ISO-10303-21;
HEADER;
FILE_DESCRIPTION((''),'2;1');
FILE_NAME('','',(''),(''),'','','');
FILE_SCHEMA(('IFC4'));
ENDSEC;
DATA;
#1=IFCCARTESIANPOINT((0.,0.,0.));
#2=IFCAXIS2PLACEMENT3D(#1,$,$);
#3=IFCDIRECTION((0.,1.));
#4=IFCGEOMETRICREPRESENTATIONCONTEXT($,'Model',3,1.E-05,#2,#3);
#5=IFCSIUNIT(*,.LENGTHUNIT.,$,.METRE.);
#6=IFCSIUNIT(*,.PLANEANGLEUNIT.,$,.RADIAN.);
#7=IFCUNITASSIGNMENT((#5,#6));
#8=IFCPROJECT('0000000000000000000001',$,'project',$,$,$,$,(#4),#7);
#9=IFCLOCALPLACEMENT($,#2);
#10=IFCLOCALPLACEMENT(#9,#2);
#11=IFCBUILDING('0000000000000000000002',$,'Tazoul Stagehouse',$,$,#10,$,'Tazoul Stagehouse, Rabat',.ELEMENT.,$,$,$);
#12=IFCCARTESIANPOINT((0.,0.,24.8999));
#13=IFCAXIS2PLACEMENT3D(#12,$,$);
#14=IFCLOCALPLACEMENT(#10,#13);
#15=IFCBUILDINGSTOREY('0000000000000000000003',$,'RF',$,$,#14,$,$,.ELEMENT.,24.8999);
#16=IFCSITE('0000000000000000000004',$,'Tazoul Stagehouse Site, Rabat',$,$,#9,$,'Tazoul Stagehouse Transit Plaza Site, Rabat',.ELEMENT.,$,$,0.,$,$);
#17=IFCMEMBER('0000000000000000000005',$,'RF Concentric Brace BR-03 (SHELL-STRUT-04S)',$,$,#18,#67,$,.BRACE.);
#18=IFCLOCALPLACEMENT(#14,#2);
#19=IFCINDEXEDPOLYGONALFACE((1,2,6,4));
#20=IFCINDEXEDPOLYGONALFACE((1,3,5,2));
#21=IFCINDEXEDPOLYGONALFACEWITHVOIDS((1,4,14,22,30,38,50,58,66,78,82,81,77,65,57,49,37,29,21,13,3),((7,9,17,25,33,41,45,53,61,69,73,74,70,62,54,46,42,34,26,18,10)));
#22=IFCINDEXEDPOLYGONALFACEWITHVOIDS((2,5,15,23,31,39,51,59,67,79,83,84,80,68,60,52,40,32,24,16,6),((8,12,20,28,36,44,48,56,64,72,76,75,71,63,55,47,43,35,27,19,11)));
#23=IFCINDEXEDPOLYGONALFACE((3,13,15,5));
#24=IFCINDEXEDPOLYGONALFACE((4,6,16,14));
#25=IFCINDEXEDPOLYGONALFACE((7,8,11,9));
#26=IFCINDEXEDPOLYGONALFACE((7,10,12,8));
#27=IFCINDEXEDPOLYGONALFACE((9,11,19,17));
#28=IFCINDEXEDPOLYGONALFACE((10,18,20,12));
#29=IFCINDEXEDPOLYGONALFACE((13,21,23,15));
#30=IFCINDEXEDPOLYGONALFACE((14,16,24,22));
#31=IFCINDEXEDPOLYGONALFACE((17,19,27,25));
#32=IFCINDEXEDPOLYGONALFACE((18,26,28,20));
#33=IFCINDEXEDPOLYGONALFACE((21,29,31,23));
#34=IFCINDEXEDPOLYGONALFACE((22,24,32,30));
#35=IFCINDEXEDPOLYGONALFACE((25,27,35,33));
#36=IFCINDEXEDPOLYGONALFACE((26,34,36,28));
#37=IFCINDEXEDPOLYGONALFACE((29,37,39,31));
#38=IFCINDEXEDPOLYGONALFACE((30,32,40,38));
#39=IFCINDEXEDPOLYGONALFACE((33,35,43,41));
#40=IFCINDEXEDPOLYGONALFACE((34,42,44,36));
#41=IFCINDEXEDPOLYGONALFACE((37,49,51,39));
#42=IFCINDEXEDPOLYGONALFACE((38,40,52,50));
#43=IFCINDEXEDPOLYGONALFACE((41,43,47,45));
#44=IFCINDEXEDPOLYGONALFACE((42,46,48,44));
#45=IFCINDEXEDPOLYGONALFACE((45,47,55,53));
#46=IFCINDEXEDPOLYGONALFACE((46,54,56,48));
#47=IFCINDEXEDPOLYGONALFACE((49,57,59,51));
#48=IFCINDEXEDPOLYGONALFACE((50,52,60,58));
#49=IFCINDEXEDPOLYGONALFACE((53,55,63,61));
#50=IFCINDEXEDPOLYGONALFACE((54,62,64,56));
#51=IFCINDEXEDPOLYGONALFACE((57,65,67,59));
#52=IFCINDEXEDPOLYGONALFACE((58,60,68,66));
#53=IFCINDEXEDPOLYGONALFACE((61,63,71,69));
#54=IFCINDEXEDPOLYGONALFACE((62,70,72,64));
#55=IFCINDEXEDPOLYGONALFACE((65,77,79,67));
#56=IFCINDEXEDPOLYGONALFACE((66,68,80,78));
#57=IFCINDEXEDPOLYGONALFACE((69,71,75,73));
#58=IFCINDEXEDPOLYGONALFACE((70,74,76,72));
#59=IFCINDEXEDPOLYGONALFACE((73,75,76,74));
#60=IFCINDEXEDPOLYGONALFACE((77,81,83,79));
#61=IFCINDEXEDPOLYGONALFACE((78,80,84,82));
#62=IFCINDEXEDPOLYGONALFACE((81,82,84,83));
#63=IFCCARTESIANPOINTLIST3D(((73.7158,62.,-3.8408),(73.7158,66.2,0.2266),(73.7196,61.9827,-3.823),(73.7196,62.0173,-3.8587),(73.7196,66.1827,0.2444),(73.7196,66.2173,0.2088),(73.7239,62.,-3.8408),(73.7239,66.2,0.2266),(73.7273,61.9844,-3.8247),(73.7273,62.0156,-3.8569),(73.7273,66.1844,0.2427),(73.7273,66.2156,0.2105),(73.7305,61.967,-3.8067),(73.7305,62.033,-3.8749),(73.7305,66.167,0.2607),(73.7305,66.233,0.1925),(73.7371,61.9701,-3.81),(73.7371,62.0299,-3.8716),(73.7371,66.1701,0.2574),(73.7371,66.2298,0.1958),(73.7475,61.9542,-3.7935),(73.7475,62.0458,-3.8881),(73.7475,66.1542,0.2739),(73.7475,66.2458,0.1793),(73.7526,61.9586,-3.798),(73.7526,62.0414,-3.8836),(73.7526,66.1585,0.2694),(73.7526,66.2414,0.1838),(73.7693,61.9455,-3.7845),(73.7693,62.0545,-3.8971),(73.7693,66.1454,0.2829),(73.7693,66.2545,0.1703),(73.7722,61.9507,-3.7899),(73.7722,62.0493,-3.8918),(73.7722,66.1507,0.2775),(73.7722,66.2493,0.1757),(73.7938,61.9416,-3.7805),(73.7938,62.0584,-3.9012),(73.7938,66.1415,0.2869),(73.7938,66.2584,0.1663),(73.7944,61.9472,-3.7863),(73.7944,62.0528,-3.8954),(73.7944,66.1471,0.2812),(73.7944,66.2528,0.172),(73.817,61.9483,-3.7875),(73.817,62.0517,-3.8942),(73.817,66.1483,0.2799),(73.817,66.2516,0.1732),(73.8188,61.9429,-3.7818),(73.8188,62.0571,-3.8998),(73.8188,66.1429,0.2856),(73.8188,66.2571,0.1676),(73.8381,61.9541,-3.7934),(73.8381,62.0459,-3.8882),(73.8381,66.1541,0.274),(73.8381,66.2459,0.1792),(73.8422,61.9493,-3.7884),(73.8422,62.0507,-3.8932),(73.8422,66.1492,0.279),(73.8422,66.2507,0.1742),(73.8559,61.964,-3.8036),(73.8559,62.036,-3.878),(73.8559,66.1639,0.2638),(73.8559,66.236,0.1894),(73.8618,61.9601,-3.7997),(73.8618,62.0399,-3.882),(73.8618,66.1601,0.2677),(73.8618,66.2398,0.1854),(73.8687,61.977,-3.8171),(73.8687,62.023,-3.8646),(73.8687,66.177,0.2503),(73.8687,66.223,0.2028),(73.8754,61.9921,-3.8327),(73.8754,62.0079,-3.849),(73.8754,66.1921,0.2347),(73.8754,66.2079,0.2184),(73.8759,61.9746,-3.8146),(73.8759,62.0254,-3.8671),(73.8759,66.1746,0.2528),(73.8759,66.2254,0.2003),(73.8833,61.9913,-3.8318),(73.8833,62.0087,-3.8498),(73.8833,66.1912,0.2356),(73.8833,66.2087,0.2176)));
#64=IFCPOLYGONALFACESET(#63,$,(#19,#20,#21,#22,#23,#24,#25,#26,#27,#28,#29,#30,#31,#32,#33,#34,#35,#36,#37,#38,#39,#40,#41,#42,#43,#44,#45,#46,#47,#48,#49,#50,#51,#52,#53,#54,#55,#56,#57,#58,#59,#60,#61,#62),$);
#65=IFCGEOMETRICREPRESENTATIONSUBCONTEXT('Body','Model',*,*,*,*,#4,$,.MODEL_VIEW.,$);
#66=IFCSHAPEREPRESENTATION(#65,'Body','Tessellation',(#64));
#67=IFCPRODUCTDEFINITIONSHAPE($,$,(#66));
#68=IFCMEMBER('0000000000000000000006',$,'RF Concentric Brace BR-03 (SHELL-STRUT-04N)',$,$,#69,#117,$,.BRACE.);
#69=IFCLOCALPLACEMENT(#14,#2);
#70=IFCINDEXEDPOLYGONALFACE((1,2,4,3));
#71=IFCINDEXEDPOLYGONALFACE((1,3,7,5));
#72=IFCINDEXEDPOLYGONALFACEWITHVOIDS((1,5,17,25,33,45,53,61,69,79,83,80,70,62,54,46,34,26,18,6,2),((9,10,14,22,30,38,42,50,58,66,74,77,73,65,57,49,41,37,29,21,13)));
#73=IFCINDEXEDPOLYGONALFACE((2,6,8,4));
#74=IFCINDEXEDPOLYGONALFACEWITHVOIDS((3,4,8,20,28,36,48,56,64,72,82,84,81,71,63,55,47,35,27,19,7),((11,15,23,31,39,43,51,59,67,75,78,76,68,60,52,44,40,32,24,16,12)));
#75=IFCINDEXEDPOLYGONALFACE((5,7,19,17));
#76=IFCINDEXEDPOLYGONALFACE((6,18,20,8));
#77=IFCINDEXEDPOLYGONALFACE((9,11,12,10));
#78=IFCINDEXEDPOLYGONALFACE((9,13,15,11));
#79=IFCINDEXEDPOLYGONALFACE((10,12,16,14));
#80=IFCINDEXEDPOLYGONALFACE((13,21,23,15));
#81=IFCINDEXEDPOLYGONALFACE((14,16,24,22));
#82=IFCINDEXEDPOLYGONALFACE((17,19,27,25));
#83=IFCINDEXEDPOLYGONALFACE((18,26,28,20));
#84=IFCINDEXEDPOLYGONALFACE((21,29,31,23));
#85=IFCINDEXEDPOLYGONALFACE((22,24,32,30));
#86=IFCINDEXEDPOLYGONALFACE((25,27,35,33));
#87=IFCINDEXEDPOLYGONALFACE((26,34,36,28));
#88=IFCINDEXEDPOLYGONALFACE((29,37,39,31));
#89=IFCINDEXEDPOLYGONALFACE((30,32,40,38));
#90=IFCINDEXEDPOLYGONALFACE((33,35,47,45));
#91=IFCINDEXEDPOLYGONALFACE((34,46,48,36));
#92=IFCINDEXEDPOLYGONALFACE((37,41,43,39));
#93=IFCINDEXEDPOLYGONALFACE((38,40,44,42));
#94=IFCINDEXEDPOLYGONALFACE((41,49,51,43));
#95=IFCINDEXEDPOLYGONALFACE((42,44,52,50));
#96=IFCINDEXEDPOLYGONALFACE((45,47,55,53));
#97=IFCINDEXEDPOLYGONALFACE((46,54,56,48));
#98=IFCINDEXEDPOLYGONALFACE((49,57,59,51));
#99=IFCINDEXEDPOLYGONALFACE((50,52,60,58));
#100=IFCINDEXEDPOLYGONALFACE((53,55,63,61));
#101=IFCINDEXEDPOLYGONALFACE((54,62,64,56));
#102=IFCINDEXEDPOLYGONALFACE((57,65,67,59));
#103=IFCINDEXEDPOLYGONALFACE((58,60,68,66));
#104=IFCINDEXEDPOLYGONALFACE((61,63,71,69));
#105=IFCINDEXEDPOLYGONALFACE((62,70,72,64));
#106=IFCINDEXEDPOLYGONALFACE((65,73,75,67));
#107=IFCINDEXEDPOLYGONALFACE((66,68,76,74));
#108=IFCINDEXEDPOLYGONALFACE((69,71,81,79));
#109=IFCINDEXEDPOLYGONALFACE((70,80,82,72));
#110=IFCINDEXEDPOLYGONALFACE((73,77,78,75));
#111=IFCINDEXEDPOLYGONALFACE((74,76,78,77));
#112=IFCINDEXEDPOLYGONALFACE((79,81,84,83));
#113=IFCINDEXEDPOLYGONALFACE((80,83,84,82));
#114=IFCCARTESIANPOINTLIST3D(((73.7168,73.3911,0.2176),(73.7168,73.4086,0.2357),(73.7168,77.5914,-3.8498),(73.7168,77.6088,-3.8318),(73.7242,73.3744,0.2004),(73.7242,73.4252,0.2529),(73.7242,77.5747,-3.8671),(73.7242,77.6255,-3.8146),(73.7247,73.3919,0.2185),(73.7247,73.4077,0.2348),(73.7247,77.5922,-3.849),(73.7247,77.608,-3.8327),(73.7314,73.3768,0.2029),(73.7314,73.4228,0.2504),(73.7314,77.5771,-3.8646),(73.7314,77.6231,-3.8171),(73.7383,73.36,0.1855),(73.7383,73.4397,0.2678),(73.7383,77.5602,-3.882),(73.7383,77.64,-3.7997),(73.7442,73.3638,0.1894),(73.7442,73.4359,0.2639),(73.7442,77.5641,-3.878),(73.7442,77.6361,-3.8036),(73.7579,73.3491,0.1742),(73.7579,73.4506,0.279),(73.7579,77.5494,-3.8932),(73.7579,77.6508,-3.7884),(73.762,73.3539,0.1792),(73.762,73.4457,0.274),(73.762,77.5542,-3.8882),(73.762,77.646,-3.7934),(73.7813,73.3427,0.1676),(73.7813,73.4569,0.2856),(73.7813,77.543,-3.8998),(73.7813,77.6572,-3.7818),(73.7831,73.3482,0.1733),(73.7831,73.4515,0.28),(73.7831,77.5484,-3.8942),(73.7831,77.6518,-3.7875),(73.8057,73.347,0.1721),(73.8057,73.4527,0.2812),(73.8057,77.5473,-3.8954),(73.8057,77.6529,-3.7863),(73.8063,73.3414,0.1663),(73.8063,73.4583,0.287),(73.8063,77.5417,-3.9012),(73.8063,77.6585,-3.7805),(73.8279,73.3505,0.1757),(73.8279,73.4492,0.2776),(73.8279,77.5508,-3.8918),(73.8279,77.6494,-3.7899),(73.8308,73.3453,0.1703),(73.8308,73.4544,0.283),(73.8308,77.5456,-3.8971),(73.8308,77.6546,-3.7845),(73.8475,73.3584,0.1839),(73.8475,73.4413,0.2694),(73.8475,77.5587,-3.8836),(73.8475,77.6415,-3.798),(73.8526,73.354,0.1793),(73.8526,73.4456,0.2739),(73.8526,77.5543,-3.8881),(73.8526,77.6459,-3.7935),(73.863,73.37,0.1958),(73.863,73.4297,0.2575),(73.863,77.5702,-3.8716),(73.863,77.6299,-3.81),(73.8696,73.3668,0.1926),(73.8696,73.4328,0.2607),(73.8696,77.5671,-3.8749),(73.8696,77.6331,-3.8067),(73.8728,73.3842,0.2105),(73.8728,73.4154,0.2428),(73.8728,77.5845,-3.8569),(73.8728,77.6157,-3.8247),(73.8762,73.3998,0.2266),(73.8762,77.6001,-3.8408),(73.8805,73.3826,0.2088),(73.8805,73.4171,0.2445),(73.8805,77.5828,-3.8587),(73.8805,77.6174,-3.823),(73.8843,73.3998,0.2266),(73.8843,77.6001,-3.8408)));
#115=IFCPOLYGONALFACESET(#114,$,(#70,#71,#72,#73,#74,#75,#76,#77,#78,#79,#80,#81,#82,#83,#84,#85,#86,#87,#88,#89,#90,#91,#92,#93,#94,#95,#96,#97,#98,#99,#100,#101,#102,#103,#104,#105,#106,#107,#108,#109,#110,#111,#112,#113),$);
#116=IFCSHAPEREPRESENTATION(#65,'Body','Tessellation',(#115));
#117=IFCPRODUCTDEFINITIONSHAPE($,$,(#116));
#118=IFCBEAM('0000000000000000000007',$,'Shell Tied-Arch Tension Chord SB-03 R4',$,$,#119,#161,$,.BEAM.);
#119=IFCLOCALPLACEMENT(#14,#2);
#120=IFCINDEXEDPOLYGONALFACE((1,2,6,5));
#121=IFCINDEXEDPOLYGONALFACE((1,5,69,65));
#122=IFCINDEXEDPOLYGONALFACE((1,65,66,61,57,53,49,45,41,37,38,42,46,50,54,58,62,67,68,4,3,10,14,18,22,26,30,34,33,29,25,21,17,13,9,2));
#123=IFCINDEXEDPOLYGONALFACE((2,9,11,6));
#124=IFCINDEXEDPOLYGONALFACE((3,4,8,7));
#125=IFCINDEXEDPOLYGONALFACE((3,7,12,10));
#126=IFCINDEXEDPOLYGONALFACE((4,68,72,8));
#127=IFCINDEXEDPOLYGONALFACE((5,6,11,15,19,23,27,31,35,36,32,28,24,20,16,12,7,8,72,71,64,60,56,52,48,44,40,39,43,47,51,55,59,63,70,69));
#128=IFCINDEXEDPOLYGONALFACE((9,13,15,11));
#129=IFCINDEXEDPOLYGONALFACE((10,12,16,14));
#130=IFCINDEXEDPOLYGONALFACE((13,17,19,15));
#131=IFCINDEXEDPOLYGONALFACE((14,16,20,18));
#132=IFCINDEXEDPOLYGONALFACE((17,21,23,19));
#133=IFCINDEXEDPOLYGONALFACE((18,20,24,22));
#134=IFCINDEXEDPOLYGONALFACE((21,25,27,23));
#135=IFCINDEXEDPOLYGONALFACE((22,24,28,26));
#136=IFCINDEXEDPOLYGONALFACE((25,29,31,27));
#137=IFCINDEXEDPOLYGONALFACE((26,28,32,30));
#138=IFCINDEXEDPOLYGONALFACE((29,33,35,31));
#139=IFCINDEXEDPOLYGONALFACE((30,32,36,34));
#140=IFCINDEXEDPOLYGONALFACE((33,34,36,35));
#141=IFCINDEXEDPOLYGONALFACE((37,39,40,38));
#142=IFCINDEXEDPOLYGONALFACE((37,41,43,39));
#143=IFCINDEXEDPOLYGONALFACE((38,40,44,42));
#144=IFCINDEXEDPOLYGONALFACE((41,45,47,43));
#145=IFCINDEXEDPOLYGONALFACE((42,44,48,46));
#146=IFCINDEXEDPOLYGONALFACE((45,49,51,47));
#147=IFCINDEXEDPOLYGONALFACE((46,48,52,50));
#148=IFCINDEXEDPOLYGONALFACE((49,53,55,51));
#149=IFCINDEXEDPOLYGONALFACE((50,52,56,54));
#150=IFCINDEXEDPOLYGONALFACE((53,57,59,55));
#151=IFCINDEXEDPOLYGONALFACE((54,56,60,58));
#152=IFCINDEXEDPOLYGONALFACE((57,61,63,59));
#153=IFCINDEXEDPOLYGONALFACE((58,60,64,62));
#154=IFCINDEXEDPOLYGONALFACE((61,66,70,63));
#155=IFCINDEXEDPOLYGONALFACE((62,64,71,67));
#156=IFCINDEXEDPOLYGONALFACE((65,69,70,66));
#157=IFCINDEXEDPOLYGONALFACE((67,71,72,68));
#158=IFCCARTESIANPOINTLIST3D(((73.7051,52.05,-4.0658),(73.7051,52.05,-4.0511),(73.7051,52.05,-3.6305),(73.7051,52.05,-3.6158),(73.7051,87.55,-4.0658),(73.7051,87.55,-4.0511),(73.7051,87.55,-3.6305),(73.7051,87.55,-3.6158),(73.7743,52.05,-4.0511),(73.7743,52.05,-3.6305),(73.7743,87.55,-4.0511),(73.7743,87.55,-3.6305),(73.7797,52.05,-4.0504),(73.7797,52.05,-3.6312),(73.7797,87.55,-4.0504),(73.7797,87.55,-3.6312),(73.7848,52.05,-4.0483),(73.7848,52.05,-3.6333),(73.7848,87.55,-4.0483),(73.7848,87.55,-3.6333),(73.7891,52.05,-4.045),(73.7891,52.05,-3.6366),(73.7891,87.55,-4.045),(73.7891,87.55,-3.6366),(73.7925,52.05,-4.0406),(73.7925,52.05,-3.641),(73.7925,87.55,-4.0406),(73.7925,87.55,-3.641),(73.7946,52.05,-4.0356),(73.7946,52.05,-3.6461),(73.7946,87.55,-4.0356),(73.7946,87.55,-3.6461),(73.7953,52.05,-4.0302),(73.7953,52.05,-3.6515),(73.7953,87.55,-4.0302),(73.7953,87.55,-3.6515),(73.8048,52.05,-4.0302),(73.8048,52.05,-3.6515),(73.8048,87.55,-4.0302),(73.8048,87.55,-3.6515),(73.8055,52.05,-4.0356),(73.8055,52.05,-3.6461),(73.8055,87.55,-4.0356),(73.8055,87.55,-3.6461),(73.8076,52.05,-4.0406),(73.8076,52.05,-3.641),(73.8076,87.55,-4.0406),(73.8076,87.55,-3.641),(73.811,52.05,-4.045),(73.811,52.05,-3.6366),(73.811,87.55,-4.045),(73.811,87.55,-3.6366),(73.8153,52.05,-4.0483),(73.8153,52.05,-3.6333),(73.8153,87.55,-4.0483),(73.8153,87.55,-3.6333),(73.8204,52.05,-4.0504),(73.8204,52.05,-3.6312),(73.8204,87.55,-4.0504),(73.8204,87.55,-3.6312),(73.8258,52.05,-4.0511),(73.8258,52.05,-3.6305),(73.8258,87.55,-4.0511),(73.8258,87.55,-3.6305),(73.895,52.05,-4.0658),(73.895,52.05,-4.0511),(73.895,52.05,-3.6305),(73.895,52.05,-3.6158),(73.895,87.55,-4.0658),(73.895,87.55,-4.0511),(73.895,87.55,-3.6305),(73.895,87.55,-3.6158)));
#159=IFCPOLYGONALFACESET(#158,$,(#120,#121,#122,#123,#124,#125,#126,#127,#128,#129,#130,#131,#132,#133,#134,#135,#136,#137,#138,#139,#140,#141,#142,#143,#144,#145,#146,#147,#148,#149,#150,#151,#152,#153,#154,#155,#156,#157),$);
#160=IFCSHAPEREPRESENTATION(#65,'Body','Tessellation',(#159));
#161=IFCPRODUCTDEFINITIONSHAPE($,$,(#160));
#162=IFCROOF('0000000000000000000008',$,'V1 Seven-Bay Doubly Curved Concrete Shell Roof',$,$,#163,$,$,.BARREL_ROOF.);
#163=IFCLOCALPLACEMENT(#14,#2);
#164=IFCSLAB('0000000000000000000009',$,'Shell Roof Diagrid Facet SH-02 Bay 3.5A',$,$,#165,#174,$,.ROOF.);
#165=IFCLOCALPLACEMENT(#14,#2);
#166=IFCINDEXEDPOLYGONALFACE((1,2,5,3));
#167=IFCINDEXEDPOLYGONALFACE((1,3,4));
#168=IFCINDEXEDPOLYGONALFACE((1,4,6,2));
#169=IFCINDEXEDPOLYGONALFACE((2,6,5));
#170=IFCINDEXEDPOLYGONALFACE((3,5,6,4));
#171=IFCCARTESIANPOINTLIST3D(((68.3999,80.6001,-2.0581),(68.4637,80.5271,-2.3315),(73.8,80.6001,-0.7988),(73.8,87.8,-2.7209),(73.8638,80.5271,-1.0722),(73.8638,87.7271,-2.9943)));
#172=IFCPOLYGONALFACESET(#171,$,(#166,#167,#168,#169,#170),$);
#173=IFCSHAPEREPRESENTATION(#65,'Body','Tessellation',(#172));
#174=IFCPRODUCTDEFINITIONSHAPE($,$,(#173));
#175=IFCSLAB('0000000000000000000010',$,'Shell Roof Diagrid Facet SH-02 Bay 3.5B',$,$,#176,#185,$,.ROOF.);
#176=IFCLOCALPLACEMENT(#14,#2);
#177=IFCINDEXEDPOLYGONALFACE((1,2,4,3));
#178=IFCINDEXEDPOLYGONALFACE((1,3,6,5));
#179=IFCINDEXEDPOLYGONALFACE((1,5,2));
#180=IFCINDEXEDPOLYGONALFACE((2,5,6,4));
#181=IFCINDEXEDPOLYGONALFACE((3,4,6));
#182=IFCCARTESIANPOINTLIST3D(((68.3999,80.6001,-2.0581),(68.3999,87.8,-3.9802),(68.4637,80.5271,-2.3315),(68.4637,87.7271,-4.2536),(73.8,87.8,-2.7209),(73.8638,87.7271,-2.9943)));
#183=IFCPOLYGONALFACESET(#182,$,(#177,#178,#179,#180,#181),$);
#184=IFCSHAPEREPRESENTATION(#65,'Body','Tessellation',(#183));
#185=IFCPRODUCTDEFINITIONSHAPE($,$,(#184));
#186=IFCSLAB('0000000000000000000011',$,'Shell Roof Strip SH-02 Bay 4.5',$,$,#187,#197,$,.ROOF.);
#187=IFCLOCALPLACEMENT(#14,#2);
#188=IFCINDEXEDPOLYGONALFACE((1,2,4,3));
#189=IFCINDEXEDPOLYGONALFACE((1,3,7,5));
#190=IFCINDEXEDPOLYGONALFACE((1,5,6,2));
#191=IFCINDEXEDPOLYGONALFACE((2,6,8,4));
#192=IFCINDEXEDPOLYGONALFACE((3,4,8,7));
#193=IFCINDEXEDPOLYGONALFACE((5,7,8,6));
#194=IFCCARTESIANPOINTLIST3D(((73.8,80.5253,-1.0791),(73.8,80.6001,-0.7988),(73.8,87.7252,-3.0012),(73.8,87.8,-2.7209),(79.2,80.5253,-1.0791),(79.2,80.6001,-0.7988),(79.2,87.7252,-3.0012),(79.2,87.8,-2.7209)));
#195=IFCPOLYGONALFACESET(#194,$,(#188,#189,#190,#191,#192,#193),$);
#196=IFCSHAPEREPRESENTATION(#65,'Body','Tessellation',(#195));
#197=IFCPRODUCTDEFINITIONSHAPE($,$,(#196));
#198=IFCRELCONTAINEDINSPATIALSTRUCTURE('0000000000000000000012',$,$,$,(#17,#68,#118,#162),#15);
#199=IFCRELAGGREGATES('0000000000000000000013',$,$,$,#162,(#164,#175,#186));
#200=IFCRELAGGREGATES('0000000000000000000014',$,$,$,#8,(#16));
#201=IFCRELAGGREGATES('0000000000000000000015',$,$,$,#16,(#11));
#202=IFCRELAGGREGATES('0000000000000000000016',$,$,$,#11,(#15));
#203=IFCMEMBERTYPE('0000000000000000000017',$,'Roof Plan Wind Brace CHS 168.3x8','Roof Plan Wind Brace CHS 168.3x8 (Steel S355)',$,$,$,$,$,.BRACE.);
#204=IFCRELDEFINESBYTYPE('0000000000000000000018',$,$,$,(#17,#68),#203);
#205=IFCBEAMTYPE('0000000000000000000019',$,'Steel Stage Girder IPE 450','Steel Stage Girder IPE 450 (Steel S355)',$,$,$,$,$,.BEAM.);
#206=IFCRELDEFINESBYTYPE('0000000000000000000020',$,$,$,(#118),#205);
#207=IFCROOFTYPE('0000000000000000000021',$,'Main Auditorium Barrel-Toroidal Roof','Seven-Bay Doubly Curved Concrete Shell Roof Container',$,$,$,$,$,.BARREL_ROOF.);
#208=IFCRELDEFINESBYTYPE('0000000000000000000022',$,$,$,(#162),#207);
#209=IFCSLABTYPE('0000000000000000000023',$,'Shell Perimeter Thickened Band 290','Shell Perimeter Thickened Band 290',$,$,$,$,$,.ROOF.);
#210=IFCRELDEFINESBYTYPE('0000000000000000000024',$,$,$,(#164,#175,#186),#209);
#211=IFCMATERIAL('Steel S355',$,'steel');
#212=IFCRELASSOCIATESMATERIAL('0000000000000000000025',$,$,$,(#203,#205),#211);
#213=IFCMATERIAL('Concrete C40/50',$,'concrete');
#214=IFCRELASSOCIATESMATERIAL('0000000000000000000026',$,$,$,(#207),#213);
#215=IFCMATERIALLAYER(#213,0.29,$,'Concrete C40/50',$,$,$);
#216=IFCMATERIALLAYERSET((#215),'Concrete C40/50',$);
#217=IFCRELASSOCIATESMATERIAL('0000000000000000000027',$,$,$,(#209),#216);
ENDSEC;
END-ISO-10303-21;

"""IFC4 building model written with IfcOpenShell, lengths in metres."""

from ifc_helpers import new_model, si_unit, direction, frame, origin, origin_2d, place, context, subcontext, project, spatial, polyline, hollow_circle, i_section, outline, extrude, material, layer, layer_set, material_profile, profile_set, type_object, element, aggregate, save


model = new_model("IFC4")

# Units and contexts
model_context = context("Model", 3, precision=1e-05, world=origin(), true_north=direction((0.0, 1.0)))
body_context = subcontext(model_context, "Body", "Model", "MODEL_VIEW")
ifc_project = project(units=[si_unit("LENGTHUNIT", "METRE"), si_unit("PLANEANGLEUNIT", "RADIAN")], contexts=[model_context])

# Site, building, storey
site_placement = place(None, origin())
site = spatial("IfcSite", under=ifc_project, at=site_placement, Name="Tazoul Stagehouse Site, Rabat", LongName="Tazoul Stagehouse Transit Plaza Site, Rabat", CompositionType="ELEMENT", RefElevation=0.0)
building_placement = place(site_placement, origin())
building = spatial("IfcBuilding", under=site, at=building_placement, Name="Tazoul Stagehouse", LongName="Tazoul Stagehouse, Rabat", CompositionType="ELEMENT")
storey_placement = place(building_placement, frame((0.0, 0.0, 24.8999)))
storey = spatial("IfcBuildingStorey", under=building, at=storey_placement, Name="RF", CompositionType="ELEMENT", Elevation=24.8999)

# Shared definitions
ifc_material_1 = material(Name="Concrete C40/50", Category="concrete")

# Members
ifc_material_2 = material(Name="Steel S355", Category="steel")
ifc_material_profile_1 = material_profile(ifc_material_2, hollow_circle(Radius=0.0842, WallThickness=0.0081, at=origin_2d()), Name="CHS 168.3x8")
ifc_profile_set_1 = profile_set([ifc_material_profile_1], Name="Steel S355")
member_type = type_object("IfcMemberType", Name="Roof Plan Wind Brace CHS 168.3x8", Description="Roof Plan Wind Brace CHS 168.3x8 (Steel S355)", PredefinedType="BRACE", material=ifc_profile_set_1)
for number, where, z_axis, x_axis, name in (
    (1, (73.8, 62.0, -3.8408), (0.0, 0.718353, 0.695679), (-1.0, 0.0, 0.0), "RF Concentric Brace BR-03 (SHELL-STRUT-04S)"),
):
    element("IfcMember", number, at=place(storey_placement, frame(where, z_axis=z_axis, x_axis=x_axis)), inside=storey, type_object=member_type, Name=name, PredefinedType="BRACE", context=body_context, shape_type="SweptSolid", body=[
        extrude(hollow_circle(Radius=0.0842, WallThickness=0.0081, at=origin_2d()), origin(), (0.0, 0.0, 1.0), 5.8467),
    ])
member_1_placement = place(storey_placement, frame((73.8, 77.6001, -3.8408), z_axis=(0.0, -0.718373, 0.695658), x_axis=(1.0, 0.0, 0.0)))
element("IfcMember", 2, at=member_1_placement, inside=storey, type_object=member_type, Name="RF Concentric Brace BR-03 (SHELL-STRUT-04N)", PredefinedType="BRACE", context=body_context, shape_type="SweptSolid", body=[
    extrude(hollow_circle(Radius=0.0842, WallThickness=0.0081, at=origin_2d()), origin(), (0.0, 0.0, 1.0), 5.8469),
])

# Beam
ifc_material_profile_2 = material_profile(ifc_material_2, i_section(OverallWidth=0.1899, OverallDepth=0.45, WebThickness=0.0095, FlangeThickness=0.0146, FilletRadius=0.021, at=origin_2d()), Name="IPE 450")
ifc_profile_set_2 = profile_set([ifc_material_profile_2], Name="Steel S355")
beam_type_1 = type_object("IfcBeamType", Name="Steel Stage Girder IPE 450", Description="Steel Stage Girder IPE 450 (Steel S355)", PredefinedType="BEAM", material=ifc_profile_set_2)
beam_1_placement = place(storey_placement, frame((73.8, 52.05, -3.8408), z_axis=(0.0, 1.0, 0.0), x_axis=(-1.0, 0.0, 0.0)))
element("IfcBeam", 3, at=beam_1_placement, inside=storey, type_object=beam_type_1, Name="Shell Tied-Arch Tension Chord SB-03 R4", PredefinedType="BEAM", context=body_context, shape_type="SweptSolid", body=[
    extrude(i_section(OverallWidth=0.1899, OverallDepth=0.45, WebThickness=0.0095, FlangeThickness=0.0146, FilletRadius=0.021, at=origin_2d()), origin(), (0.0, 0.0, 1.0), 35.5),
])

# Roof, slabs
roof_type = type_object("IfcRoofType", Name="Main Auditorium Barrel-Toroidal Roof", Description="Seven-Bay Doubly Curved Concrete Shell Roof Container", PredefinedType="BARREL_ROOF", material=ifc_material_1)
roof_placement = place(storey_placement, origin())
roof = element("IfcRoof", 4, at=roof_placement, inside=storey, type_object=roof_type, Name="V1 Seven-Bay Doubly Curved Concrete Shell Roof", PredefinedType="BARREL_ROOF")
ifc_layer_1 = layer(ifc_material_1, 0.29, Name="Concrete C40/50")
ifc_layer_set_1 = layer_set([ifc_layer_1], Name="Concrete C40/50")
slab_type_1 = type_object("IfcSlabType", Name="Shell Perimeter Thickened Band 290", Description="Shell Perimeter Thickened Band 290", PredefinedType="ROOF", material=ifc_layer_set_1)
slab_1_placement = place(storey_placement, frame((68.3999, 80.6001, -2.0581), z_axis=(-0.219793, 0.251622, 0.942538), x_axis=(0.973871, 0.0, 0.2271)))
slab_1 = element("IfcSlab", 5, at=slab_1_placement, type_object=slab_type_1, Name="Shell Roof Diagrid Facet SH-02 Bay 3.5A", PredefinedType="ROOF", context=body_context, shape_type="SweptSolid", body=[
    extrude(outline(polyline([(0.0, 0.0), (5.545, 0.0), (5.1085, 7.4393), (0.0, 0.0)])), origin(), (0.0, 0.0, -1.0), 0.29),
])
slab_2_placement = place(storey_placement, frame((68.3999, 80.6001, -2.0581), z_axis=(-0.219793, 0.251622, 0.942538), x_axis=(0.598392, 0.797829, -0.07345)))
slab_2 = element("IfcSlab", 6, at=slab_2_placement, type_object=slab_type_1, Name="Shell Roof Diagrid Facet SH-02 Bay 3.5B", PredefinedType="ROOF", context=body_context, shape_type="SweptSolid", body=[
    extrude(outline(polyline([(0.0, 0.0), (9.0244, 0.0), (5.8855, 4.5711), (0.0, 0.0)])), origin(), (0.0, 0.0, -1.0), 0.29),
])
slab_3_placement = place(storey_placement, frame((73.8, 80.6001, -0.7988), z_axis=(0.0, 0.25793, 0.966164), x_axis=(1.0, 0.0, 0.0)))
slab_3 = element("IfcSlab", 7, at=slab_3_placement, type_object=slab_type_1, Name="Shell Roof Strip SH-02 Bay 4.5", PredefinedType="ROOF", context=body_context, shape_type="SweptSolid", body=[
    extrude(outline(polyline([(0.0, 0.0), (5.3999, 0.0), (5.3999, 7.4521), (0.0, 7.4521), (0.0, 0.0)])), origin(), (0.0, 0.0, -1.0), 0.29),
])

aggregate(roof, [slab_1, slab_2, slab_3])

save(model, "model.ifc")
